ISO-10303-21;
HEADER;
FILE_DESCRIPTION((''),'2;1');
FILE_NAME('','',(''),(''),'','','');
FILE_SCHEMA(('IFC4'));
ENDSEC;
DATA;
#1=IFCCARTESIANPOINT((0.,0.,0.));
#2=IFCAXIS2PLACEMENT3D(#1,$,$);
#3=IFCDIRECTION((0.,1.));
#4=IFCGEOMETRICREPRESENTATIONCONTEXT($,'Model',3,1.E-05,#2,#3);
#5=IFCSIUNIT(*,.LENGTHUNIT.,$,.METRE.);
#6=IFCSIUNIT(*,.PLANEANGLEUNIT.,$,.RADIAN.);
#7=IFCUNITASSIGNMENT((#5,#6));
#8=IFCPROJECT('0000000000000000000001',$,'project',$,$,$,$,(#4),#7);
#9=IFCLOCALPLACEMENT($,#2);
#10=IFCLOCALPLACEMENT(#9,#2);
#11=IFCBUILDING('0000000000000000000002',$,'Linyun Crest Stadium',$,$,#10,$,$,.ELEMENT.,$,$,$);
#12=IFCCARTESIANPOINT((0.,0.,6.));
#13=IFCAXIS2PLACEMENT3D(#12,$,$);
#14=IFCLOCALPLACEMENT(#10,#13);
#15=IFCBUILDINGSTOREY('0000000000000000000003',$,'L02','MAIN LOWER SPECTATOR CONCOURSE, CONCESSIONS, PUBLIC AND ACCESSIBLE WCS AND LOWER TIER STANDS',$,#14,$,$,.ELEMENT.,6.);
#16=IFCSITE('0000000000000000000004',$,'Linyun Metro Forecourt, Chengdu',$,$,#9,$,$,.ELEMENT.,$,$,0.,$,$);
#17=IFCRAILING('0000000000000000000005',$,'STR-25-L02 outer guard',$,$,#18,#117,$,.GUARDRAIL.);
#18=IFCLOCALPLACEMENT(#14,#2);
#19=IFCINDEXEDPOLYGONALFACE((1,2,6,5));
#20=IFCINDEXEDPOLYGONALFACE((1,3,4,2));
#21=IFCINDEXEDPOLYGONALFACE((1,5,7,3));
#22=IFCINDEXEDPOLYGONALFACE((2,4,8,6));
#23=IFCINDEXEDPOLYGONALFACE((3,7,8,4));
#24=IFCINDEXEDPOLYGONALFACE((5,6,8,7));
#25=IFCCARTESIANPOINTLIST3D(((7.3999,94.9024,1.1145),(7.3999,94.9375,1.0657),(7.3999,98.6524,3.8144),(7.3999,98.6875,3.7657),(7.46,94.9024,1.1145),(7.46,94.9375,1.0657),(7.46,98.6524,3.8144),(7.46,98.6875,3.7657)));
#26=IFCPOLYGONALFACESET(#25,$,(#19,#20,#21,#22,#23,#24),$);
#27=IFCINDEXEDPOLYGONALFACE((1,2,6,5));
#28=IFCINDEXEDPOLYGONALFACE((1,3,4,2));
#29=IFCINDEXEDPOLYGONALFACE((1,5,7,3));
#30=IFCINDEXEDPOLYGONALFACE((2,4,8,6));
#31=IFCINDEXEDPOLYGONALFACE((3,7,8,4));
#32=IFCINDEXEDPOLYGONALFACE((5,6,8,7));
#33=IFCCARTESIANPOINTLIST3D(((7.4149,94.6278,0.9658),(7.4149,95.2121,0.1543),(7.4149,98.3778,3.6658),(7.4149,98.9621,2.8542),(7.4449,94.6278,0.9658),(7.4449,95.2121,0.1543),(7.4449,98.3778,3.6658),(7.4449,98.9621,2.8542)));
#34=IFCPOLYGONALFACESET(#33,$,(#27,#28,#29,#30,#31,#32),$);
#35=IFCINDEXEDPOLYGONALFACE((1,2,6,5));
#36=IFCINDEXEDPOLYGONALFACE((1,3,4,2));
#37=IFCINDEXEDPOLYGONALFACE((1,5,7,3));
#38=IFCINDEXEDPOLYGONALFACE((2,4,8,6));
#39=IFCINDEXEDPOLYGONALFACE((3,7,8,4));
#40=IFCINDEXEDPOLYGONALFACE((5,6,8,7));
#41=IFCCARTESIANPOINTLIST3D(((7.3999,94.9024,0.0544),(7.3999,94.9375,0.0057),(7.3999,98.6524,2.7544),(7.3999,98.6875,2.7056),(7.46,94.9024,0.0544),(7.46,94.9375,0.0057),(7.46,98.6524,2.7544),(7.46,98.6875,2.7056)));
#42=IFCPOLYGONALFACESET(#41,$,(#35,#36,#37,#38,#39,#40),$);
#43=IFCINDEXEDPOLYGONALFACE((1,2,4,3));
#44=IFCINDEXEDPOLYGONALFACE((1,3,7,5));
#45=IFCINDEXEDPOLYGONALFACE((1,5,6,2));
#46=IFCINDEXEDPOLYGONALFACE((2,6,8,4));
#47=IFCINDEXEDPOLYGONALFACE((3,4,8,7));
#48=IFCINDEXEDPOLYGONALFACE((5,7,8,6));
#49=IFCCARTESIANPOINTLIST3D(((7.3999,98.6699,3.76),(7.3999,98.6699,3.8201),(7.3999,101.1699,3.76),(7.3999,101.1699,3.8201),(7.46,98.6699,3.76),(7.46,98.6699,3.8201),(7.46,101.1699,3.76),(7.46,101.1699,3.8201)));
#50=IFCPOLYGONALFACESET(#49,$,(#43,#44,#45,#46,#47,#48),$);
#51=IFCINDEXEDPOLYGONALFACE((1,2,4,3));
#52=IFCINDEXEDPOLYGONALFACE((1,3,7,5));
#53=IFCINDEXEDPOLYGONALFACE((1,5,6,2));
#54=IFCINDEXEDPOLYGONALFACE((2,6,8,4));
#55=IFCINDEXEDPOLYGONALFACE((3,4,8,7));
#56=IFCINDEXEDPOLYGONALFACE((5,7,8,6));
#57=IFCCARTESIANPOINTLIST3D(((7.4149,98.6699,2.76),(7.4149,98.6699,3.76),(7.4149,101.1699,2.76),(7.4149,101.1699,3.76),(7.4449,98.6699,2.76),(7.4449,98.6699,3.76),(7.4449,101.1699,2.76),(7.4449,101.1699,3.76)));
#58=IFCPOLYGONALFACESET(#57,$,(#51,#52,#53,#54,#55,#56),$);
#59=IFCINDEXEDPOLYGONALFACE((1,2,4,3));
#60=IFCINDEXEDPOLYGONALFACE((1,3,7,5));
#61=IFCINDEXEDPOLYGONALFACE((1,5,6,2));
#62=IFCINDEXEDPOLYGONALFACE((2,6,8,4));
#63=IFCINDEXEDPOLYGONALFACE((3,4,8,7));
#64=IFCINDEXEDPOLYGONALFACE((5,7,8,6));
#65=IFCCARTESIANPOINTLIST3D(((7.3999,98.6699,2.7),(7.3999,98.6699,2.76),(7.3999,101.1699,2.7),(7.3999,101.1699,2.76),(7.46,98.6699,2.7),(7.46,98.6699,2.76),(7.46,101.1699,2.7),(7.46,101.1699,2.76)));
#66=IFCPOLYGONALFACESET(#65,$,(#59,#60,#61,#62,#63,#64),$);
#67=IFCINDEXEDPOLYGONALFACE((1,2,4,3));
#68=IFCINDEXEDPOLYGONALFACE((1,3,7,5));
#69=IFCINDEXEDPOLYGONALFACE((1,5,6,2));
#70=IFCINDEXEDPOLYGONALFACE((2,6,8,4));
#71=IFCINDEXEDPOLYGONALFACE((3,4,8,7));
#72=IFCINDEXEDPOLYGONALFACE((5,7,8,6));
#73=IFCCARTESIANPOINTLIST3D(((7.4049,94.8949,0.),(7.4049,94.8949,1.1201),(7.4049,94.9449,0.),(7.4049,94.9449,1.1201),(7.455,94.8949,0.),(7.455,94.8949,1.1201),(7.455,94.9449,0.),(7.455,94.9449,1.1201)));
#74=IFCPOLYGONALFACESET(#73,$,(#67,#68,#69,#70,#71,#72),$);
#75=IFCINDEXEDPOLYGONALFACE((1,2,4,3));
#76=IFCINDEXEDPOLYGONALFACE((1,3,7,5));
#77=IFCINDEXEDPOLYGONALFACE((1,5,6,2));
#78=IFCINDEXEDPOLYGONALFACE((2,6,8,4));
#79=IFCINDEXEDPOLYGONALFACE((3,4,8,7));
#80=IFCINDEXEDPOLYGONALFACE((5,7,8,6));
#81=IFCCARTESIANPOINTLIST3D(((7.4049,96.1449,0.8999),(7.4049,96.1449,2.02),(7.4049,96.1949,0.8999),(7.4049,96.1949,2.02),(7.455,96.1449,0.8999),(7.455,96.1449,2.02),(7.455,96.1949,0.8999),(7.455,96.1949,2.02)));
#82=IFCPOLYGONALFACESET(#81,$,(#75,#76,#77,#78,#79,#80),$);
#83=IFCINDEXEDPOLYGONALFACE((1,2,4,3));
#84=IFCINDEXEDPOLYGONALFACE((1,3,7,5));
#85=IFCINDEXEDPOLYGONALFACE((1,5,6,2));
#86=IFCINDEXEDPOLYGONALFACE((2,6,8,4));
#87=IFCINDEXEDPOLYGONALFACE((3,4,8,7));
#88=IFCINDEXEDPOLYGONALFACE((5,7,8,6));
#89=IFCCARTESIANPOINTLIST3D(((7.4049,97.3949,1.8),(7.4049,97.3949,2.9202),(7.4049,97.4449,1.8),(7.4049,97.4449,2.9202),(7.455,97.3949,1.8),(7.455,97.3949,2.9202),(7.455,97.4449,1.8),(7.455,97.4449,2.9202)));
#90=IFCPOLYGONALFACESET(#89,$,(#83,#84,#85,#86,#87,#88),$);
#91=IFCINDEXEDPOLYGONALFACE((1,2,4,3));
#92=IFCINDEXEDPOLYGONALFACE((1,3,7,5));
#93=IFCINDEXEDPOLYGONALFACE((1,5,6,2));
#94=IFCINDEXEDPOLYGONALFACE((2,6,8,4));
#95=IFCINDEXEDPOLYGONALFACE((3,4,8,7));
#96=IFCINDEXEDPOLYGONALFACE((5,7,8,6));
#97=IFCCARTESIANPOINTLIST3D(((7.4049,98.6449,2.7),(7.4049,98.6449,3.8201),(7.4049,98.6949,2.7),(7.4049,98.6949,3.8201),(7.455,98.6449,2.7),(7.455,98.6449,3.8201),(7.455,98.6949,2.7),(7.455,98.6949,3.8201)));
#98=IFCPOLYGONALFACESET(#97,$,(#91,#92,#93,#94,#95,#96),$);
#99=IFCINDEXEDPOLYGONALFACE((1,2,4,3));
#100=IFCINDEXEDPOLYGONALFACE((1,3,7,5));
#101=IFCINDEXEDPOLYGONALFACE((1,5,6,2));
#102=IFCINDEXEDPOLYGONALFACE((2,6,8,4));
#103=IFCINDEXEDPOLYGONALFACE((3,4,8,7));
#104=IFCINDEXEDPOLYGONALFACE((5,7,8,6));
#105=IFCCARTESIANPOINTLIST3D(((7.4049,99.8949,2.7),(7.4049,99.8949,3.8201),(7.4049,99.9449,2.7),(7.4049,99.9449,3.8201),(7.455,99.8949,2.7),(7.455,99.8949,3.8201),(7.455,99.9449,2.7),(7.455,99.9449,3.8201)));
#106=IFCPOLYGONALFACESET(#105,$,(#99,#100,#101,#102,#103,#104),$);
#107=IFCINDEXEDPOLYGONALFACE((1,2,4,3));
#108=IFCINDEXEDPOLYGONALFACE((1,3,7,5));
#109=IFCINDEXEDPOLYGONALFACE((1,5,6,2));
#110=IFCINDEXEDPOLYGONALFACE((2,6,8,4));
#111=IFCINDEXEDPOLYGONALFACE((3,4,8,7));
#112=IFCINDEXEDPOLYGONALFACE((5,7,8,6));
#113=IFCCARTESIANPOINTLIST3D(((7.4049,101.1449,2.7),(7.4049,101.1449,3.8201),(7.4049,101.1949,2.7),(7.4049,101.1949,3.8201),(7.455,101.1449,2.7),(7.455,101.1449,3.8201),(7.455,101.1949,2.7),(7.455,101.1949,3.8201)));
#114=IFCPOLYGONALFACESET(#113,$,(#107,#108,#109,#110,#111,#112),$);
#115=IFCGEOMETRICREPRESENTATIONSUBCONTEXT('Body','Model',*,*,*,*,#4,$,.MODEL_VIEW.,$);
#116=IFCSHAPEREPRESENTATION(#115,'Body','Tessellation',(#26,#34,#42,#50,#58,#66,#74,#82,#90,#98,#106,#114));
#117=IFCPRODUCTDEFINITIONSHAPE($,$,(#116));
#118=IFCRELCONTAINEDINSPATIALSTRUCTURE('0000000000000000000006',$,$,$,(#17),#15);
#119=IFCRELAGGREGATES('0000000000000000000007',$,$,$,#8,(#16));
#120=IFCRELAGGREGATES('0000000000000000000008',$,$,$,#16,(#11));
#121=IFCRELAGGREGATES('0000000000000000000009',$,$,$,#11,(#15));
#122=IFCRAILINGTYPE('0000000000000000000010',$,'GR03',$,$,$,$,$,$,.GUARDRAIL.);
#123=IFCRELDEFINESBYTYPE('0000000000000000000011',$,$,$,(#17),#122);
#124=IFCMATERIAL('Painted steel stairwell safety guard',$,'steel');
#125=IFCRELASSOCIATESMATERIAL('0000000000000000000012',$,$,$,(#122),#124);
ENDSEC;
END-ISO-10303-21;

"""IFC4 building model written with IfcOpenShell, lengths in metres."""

from ifc_helpers import new_model, si_unit, direction, frame, origin, origin_2d, place, context, subcontext, project, spatial, rectangle, extrude, material, type_object, element, save


model = new_model("IFC4")

# Units and contexts
model_context = context("Model", 3, precision=1e-05, world=origin(), true_north=direction((0.0, 1.0)))
body_context = subcontext(model_context, "Body", "Model", "MODEL_VIEW")
ifc_project = project(units=[si_unit("LENGTHUNIT", "METRE"), si_unit("PLANEANGLEUNIT", "RADIAN")], contexts=[model_context])

# Site, building, storey
site_placement = place(None, origin())
site = spatial("IfcSite", under=ifc_project, at=site_placement, Name="Linyun Metro Forecourt, Chengdu", CompositionType="ELEMENT", RefElevation=0.0)
building_placement = place(site_placement, origin())
building = spatial("IfcBuilding", under=site, at=building_placement, Name="Linyun Crest Stadium", CompositionType="ELEMENT")
storey_placement = place(building_placement, frame((0.0, 0.0, 6.0)))
storey = spatial("IfcBuildingStorey", under=building, at=storey_placement, Name="L02", Description="MAIN LOWER SPECTATOR CONCOURSE, CONCESSIONS, PUBLIC AND ACCESSIBLE WCS AND LOWER TIER STANDS", CompositionType="ELEMENT", Elevation=6.0)

# Railing
ifc_material_1 = material(Name="Painted steel stairwell safety guard", Category="steel")
railing_type_1 = type_object("IfcRailingType", Name="GR03", PredefinedType="GUARDRAIL", material=ifc_material_1)
railing_1_placement = place(storey_placement, frame((7.4299, 94.9199, 0.0)))
element("IfcRailing", 1, at=railing_1_placement, inside=storey, type_object=railing_type_1, Name="STR-25-L02 outer guard", PredefinedType="GUARDRAIL", context=body_context, shape_type="SweptSolid", body=[
    extrude(rectangle(XDim=0.0601, YDim=0.0601, at=origin_2d()), frame((0.0, 0.0, 1.0901), z_axis=(0.0, 0.811539, 0.584298), x_axis=(-1.0, 0.0, 0.0)), (0.0, 0.0, 1.0), 4.6208),
    extrude(rectangle(XDim=0.03, YDim=1.0, at=origin_2d()), frame((0.0, 0.0, 0.5601), z_axis=(0.0, 0.811539, 0.584298), x_axis=(-1.0, 0.0, 0.0)), (0.0, 0.0, 1.0), 4.6208),
    extrude(rectangle(XDim=0.0601, YDim=0.0601, at=origin_2d()), frame((0.0, 0.0, 0.03), z_axis=(0.0, 0.811539, 0.584298), x_axis=(-1.0, 0.0, 0.0)), (0.0, 0.0, 1.0), 4.6208),
    extrude(rectangle(XDim=0.0601, YDim=0.0601, at=origin_2d()), frame((0.0, 3.75, 3.79), z_axis=(0.0, 1.0, 0.0), x_axis=(-1.0, 0.0, 0.0)), (0.0, 0.0, 1.0), 2.5),
    extrude(rectangle(XDim=0.03, YDim=1.0, at=origin_2d()), frame((0.0, 3.75, 3.26), z_axis=(0.0, 1.0, 0.0), x_axis=(-1.0, 0.0, 0.0)), (0.0, 0.0, 1.0), 2.5),
    extrude(rectangle(XDim=0.0601, YDim=0.0601, at=origin_2d()), frame((0.0, 3.75, 2.73), z_axis=(0.0, 1.0, 0.0), x_axis=(-1.0, 0.0, 0.0)), (0.0, 0.0, 1.0), 2.5),
    extrude(rectangle(XDim=0.05, YDim=0.05, at=origin_2d()), origin(), (0.0, 0.0, 1.0), 1.1201),
    extrude(rectangle(XDim=0.05, YDim=0.05, at=origin_2d()), frame((0.0, 1.25, 0.8999)), (0.0, 0.0, 1.0), 1.1201),
    extrude(rectangle(XDim=0.05, YDim=0.05, at=origin_2d()), frame((0.0, 2.5, 1.8)), (0.0, 0.0, 1.0), 1.1201),
    extrude(rectangle(XDim=0.05, YDim=0.05, at=origin_2d()), frame((0.0, 3.75, 2.7)), (0.0, 0.0, 1.0), 1.1201),
    extrude(rectangle(XDim=0.05, YDim=0.05, at=origin_2d()), frame((0.0, 5.0, 2.7)), (0.0, 0.0, 1.0), 1.1201),
    extrude(rectangle(XDim=0.05, YDim=0.05, at=origin_2d()), frame((0.0, 6.25, 2.7)), (0.0, 0.0, 1.0), 1.1201),
])

save(model, "model.ifc")
